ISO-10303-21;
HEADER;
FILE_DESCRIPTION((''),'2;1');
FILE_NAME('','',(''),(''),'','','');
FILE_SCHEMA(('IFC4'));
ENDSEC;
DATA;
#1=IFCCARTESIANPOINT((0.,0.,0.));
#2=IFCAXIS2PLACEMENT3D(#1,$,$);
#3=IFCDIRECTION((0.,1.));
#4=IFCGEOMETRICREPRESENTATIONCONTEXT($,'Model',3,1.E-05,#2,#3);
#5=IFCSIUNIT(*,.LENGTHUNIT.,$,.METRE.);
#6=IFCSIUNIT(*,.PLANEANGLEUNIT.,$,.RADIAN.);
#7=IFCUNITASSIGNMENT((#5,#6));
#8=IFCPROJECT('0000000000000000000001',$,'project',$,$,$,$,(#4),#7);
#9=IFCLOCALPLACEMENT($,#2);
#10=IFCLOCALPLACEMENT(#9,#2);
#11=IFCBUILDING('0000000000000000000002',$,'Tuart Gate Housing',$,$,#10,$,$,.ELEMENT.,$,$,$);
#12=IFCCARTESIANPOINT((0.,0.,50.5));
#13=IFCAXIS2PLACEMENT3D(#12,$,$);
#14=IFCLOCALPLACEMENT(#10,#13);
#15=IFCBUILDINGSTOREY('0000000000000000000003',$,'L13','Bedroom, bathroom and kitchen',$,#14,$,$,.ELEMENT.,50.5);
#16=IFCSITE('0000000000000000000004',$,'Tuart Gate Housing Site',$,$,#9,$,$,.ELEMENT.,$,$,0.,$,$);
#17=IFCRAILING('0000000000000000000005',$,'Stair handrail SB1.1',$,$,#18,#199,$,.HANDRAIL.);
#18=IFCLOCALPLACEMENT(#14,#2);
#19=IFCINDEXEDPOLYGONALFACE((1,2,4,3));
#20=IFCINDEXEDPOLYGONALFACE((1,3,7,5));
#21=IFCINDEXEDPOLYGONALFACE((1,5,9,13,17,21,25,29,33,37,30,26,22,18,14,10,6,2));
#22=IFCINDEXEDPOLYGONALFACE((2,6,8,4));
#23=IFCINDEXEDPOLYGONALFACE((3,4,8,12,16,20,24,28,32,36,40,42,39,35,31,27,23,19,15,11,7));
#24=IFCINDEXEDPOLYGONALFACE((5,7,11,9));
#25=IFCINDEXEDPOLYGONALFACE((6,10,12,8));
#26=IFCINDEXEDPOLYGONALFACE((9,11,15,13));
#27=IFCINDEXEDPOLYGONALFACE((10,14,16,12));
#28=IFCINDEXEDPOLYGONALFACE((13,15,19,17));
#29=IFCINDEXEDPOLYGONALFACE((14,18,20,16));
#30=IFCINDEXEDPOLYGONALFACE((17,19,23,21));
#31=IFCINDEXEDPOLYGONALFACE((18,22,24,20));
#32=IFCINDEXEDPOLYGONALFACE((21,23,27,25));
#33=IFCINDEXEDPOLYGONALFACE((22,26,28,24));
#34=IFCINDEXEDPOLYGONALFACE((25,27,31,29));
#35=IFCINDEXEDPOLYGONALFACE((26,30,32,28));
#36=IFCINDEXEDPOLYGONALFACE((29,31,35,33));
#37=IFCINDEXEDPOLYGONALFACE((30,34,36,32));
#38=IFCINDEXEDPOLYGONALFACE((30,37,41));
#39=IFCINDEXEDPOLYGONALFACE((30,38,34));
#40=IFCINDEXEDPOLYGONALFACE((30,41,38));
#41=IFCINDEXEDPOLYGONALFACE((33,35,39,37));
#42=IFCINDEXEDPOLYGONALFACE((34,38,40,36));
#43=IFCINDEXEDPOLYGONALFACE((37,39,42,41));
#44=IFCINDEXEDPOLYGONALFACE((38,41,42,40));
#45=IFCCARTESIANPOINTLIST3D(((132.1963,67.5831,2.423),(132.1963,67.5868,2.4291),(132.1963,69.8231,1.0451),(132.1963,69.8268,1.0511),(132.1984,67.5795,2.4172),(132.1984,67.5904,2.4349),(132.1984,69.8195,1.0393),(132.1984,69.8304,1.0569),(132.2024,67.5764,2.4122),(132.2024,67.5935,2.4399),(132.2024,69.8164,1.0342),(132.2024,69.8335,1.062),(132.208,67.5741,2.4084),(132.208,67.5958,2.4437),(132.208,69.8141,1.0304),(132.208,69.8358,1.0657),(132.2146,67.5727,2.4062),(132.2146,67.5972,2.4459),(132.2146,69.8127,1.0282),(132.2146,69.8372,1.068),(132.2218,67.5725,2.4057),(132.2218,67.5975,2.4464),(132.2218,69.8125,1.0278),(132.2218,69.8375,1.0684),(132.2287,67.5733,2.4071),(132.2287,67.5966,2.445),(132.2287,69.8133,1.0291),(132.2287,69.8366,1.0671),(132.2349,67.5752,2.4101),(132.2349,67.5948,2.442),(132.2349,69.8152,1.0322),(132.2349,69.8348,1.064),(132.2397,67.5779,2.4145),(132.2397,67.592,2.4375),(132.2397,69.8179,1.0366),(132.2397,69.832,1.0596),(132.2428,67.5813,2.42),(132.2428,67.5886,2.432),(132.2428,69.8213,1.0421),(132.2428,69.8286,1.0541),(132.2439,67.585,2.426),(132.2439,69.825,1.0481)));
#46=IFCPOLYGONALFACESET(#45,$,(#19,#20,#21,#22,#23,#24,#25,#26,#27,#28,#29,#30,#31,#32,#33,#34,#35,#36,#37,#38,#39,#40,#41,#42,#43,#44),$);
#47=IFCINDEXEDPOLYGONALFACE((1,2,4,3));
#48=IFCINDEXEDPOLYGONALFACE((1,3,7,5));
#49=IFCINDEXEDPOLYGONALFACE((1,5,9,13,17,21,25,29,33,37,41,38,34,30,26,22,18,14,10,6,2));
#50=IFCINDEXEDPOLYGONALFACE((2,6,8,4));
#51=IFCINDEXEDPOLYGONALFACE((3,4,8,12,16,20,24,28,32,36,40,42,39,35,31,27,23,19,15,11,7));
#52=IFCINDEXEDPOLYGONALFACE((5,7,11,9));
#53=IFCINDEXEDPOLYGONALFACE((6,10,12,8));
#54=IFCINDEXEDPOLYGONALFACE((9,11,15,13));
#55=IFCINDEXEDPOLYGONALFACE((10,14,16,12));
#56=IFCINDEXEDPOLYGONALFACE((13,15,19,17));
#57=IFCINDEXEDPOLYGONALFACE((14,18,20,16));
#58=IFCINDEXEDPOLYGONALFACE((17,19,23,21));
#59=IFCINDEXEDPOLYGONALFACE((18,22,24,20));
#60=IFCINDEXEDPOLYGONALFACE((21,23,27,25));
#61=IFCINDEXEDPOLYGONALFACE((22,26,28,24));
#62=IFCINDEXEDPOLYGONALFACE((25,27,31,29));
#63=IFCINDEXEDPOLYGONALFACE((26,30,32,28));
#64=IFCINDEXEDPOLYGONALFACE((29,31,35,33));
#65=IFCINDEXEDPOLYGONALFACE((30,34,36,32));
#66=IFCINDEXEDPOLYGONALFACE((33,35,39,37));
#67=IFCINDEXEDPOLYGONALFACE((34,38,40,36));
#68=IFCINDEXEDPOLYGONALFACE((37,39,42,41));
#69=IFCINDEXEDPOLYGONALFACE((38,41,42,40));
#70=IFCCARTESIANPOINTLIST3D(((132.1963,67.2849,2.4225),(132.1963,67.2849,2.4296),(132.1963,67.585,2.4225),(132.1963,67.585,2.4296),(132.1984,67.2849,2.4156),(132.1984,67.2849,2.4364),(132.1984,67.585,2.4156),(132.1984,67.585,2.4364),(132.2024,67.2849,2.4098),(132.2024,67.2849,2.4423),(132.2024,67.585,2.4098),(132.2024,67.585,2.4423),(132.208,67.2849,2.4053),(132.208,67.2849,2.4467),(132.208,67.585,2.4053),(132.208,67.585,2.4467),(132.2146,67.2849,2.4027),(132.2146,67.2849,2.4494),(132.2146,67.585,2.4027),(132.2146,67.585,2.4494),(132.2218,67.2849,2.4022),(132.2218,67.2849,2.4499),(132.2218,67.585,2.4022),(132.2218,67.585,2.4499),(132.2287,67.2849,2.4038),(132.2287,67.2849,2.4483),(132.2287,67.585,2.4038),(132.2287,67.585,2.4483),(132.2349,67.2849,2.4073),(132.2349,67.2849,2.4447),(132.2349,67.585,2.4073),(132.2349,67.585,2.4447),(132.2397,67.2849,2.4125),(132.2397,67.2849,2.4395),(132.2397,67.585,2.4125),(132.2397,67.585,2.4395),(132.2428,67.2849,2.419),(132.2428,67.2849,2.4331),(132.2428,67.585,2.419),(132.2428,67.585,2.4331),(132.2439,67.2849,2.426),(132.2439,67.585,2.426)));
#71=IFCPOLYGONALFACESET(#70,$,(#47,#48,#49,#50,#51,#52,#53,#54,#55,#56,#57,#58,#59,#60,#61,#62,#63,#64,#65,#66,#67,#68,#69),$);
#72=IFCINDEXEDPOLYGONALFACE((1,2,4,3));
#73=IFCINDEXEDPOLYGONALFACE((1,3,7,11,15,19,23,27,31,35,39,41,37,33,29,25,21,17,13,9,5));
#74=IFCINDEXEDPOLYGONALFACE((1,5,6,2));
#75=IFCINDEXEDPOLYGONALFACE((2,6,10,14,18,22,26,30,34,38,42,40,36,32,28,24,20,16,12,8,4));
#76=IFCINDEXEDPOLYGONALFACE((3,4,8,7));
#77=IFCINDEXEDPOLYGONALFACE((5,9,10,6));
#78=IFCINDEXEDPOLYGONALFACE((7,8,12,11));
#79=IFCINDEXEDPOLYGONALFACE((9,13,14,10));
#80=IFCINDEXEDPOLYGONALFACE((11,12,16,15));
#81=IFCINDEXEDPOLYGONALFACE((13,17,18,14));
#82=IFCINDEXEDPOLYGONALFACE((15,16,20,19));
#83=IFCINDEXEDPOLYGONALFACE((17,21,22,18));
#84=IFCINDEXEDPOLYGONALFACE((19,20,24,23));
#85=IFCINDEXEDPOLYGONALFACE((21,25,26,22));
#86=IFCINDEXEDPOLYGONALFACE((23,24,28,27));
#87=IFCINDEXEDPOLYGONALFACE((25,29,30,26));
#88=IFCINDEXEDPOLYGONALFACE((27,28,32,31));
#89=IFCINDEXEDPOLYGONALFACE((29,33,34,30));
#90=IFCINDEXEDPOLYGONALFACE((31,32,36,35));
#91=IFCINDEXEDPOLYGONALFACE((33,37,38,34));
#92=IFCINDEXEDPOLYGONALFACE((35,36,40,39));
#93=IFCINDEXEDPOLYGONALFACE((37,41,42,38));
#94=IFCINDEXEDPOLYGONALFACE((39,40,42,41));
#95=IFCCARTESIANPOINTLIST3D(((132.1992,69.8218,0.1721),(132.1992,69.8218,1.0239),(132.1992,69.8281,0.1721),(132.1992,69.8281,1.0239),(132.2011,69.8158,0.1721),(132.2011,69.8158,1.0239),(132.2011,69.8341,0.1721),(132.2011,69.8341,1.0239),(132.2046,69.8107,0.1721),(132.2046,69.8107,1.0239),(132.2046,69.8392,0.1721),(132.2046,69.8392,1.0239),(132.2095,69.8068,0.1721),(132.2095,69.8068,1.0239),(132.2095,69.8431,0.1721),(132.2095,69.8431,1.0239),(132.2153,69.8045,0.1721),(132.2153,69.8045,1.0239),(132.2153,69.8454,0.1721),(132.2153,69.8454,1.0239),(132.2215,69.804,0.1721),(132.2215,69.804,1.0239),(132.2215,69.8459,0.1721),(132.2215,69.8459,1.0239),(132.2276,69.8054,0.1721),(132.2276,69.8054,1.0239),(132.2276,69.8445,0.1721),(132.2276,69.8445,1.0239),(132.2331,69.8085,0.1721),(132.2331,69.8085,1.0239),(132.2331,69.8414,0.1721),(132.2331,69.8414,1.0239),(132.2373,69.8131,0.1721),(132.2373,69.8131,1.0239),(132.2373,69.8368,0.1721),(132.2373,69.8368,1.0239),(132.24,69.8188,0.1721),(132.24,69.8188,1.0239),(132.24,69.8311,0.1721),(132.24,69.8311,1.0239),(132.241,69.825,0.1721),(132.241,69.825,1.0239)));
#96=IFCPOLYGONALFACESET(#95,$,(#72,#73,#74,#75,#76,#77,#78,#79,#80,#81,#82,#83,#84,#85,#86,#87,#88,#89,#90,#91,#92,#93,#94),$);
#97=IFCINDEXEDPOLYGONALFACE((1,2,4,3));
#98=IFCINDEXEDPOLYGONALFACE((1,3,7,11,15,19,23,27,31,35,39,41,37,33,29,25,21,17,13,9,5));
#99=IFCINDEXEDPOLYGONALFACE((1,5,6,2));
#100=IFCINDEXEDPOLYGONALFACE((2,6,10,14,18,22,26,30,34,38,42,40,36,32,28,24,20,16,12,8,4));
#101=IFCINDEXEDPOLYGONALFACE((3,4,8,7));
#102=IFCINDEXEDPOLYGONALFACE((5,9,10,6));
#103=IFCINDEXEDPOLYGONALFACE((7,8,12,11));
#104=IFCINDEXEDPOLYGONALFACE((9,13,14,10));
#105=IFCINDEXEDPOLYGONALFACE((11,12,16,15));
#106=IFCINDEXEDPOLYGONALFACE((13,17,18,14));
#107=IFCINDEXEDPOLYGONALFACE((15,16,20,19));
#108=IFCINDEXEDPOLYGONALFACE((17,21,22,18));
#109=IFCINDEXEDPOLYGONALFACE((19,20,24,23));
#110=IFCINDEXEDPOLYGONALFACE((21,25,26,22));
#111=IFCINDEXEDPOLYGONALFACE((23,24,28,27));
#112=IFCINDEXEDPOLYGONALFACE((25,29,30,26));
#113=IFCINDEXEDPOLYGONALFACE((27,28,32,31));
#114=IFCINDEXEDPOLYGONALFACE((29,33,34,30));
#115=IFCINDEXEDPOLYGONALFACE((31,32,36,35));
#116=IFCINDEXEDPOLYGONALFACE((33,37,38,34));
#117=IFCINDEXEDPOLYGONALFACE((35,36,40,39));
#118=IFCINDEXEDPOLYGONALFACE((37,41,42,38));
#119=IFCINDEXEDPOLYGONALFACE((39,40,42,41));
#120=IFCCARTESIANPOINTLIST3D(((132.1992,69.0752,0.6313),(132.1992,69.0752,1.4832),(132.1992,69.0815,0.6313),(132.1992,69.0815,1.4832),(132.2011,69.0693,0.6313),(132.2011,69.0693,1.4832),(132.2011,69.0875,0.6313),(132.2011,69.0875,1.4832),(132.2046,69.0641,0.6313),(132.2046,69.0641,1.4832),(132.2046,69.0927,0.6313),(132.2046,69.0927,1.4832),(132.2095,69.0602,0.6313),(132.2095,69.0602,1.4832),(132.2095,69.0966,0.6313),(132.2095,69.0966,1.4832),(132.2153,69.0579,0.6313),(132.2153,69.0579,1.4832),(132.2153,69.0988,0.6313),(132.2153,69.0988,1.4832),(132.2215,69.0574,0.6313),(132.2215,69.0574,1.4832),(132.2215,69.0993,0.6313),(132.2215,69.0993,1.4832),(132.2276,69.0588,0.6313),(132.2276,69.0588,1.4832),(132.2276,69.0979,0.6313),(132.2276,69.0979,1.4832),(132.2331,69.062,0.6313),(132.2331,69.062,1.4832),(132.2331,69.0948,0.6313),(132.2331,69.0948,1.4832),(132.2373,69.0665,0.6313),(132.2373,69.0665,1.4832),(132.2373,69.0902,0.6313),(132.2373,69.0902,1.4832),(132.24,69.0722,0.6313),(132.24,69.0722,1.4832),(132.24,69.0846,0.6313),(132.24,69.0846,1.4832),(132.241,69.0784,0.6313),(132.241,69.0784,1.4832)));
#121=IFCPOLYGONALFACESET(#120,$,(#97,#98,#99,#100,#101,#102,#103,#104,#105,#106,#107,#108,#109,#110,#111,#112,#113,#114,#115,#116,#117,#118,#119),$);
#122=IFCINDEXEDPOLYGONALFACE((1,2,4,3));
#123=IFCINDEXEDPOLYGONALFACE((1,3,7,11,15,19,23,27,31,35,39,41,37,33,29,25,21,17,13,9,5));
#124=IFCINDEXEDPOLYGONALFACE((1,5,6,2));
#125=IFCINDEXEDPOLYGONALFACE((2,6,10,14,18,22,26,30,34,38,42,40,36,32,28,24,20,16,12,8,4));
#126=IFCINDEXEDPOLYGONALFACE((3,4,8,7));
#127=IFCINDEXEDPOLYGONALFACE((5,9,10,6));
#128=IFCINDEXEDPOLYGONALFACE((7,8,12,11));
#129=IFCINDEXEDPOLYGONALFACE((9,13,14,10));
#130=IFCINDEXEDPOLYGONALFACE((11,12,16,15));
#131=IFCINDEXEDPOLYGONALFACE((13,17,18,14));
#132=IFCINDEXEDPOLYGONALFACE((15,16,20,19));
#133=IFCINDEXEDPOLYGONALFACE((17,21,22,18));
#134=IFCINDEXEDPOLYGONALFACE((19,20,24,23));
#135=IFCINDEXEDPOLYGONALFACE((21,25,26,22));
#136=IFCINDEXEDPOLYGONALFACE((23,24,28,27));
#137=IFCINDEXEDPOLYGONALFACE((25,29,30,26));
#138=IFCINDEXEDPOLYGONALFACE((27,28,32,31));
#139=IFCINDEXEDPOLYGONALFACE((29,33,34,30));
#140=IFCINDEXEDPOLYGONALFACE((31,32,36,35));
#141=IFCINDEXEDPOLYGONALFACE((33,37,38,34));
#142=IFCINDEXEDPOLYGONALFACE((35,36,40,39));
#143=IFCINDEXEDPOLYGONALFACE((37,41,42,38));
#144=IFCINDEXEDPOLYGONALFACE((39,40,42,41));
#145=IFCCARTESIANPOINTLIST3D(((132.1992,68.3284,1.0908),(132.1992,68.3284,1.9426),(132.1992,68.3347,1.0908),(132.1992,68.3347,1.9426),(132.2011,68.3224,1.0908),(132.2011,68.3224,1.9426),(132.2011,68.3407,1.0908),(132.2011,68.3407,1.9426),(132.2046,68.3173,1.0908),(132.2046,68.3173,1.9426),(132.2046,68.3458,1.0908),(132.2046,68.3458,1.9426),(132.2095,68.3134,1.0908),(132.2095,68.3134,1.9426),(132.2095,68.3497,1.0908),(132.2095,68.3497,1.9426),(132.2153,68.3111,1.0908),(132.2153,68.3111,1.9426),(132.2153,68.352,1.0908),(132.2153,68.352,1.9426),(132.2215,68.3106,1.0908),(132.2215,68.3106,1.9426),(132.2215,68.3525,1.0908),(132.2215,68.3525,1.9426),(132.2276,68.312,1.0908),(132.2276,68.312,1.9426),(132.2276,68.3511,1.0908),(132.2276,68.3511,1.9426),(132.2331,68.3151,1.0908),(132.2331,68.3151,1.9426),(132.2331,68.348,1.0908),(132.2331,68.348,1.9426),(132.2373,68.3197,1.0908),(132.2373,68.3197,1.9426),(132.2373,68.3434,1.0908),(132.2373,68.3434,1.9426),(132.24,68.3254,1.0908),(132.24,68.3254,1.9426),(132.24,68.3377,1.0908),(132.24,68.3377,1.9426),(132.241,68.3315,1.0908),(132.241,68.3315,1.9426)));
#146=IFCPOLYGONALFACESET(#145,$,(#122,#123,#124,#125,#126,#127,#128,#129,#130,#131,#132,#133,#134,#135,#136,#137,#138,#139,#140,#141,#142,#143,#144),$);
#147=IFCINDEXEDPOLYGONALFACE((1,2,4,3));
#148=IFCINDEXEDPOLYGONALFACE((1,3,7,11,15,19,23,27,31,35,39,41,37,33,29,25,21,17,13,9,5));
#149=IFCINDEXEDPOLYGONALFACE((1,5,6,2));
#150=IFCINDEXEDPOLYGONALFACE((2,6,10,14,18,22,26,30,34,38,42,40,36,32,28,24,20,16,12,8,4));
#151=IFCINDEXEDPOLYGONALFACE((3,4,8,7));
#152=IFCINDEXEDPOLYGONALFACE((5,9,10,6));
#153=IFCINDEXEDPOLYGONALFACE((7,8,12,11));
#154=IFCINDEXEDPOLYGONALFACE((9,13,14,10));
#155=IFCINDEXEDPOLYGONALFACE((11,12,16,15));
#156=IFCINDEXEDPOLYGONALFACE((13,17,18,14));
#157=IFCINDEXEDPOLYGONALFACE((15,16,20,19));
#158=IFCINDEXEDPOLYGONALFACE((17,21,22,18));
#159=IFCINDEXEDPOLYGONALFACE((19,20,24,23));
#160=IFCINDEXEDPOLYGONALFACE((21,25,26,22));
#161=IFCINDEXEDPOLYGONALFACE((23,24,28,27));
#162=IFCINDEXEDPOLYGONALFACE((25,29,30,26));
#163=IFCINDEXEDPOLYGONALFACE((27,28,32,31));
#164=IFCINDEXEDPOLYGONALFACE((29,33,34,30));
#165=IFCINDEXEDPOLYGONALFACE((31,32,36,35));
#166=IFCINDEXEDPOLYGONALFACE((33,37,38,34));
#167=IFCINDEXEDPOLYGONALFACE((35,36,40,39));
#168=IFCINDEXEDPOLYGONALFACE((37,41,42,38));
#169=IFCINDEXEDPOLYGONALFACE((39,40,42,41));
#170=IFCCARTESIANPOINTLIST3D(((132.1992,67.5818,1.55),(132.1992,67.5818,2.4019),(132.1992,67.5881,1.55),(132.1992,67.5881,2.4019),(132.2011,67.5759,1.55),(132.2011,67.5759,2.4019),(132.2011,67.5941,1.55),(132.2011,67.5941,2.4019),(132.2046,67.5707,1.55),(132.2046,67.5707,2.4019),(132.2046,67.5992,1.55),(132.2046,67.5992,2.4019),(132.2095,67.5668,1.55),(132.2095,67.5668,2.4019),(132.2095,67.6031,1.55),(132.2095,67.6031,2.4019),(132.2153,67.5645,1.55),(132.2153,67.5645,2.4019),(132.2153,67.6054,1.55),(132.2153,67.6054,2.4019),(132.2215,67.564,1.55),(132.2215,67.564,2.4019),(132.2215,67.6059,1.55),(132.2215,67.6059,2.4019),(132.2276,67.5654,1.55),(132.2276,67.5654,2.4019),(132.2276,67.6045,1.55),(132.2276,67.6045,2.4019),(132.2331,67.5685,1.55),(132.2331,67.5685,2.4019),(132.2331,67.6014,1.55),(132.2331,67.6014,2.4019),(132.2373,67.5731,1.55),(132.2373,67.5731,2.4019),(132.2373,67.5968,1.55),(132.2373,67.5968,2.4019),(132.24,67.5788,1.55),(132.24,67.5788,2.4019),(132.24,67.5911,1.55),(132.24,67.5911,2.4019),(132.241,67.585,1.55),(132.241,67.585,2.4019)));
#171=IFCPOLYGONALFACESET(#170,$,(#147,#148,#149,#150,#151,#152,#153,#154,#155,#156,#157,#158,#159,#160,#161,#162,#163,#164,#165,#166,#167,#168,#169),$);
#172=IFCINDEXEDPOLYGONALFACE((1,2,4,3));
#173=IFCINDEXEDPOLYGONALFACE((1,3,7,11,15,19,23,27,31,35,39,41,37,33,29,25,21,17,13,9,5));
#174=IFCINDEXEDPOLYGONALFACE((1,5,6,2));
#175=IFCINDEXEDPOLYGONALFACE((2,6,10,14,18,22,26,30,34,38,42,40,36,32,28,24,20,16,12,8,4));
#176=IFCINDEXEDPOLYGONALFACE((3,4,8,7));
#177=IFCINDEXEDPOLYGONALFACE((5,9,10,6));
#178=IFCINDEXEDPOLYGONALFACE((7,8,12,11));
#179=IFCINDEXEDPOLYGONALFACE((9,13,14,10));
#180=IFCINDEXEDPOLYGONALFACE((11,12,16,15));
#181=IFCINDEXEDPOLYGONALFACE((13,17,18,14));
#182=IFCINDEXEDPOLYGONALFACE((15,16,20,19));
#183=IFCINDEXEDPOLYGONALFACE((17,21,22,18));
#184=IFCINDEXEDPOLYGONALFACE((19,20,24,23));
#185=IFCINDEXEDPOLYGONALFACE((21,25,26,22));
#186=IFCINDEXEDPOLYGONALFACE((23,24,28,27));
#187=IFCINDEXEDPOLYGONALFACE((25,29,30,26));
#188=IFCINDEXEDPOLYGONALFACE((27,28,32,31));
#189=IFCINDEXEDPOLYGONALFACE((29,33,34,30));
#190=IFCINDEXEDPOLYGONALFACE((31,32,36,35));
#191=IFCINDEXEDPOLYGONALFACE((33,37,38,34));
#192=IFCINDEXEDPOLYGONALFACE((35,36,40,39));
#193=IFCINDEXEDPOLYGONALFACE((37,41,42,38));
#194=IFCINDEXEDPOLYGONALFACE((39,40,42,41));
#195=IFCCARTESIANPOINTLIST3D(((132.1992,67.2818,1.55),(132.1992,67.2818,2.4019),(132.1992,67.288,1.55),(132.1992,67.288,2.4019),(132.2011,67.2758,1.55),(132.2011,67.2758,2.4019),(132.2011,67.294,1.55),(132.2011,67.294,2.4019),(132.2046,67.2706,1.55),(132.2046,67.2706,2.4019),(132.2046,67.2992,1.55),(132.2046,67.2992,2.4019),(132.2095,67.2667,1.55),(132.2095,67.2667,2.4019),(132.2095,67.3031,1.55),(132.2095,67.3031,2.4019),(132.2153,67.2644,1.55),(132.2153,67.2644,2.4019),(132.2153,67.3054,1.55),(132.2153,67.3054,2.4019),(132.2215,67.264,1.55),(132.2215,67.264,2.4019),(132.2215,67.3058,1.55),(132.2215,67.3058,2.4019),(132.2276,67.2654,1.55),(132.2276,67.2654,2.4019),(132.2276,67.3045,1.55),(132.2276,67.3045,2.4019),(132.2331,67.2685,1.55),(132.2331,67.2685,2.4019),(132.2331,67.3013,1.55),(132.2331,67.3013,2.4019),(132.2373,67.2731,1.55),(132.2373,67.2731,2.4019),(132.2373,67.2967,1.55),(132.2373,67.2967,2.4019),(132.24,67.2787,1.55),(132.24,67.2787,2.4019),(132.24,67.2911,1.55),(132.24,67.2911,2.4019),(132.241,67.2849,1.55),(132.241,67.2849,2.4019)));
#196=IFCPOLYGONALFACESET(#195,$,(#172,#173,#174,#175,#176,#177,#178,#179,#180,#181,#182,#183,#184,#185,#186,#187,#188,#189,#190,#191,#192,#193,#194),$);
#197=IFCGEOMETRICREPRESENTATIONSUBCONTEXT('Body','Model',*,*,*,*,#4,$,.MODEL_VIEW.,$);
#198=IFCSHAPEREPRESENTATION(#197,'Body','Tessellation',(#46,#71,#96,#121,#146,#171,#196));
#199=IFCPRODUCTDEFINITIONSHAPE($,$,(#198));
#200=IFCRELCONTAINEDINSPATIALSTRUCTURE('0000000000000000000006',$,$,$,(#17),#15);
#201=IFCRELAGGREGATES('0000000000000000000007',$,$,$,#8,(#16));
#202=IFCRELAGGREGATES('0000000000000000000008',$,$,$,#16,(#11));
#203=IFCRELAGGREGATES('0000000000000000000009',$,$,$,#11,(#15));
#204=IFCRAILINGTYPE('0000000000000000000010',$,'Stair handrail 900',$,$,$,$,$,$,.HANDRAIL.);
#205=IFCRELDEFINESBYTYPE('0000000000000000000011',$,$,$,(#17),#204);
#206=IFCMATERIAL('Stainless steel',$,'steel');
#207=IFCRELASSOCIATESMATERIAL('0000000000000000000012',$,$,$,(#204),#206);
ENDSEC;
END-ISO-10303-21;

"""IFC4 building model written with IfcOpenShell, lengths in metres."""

from ifc_helpers import new_model, si_unit, direction, frame, origin, origin_2d, place, context, subcontext, project, spatial, circle, extrude, material, type_object, element, save


model = new_model("IFC4")

# Units and contexts
model_context = context("Model", 3, precision=1e-05, world=origin(), true_north=direction((0.0, 1.0)))
body_context = subcontext(model_context, "Body", "Model", "MODEL_VIEW")
ifc_project = project(units=[si_unit("LENGTHUNIT", "METRE"), si_unit("PLANEANGLEUNIT", "RADIAN")], contexts=[model_context])

# Site, building, storey
site_placement = place(None, origin())
site = spatial("IfcSite", under=ifc_project, at=site_placement, Name="Tuart Gate Housing Site", CompositionType="ELEMENT", RefElevation=0.0)
building_placement = place(site_placement, origin())
building = spatial("IfcBuilding", under=site, at=building_placement, Name="Tuart Gate Housing", CompositionType="ELEMENT")
storey_placement = place(building_placement, frame((0.0, 0.0, 50.5)))
storey = spatial("IfcBuildingStorey", under=building, at=storey_placement, Name="L13", Description="Bedroom, bathroom and kitchen", CompositionType="ELEMENT", Elevation=50.5)

# Railing
ifc_material_1 = material(Name="Stainless steel", Category="steel")
railing_type = type_object("IfcRailingType", Name="Stair handrail 900", PredefinedType="HANDRAIL", material=ifc_material_1)
railing_placement = place(storey_placement, frame((132.22, 69.825, 0.1721)))
element("IfcRailing", 1, at=railing_placement, inside=storey, type_object=railing_type, Name="Stair handrail SB1.1", PredefinedType="HANDRAIL", context=body_context, shape_type="SweptSolid", body=[
    extrude(circle(Radius=0.0239, at=origin_2d()), frame((0.0, 0.0, 0.876), z_axis=(0.0, -0.851748, 0.523952), x_axis=(1.0, 0.0, 0.0)), (0.0, 0.0, 1.0), 2.6299),
    extrude(circle(Radius=0.0239, at=origin_2d()), frame((0.0, -2.24, 2.2539), z_axis=(0.0, -1.0, 0.0), x_axis=(1.0, 0.0, 0.0)), (0.0, 0.0, 1.0), 0.3),
    extrude(circle(Radius=0.021, at=origin_2d()), origin(), (0.0, 0.0, 1.0), 0.8518),
    extrude(circle(Radius=0.021, at=origin_2d()), frame((0.0, -0.7466, 0.4592)), (0.0, 0.0, 1.0), 0.8518),
    extrude(circle(Radius=0.021, at=origin_2d()), frame((0.0, -1.4934, 0.9187)), (0.0, 0.0, 1.0), 0.8518),
    extrude(circle(Radius=0.021, at=origin_2d()), frame((0.0, -2.24, 1.3779)), (0.0, 0.0, 1.0), 0.8518),
    extrude(circle(Radius=0.021, at=origin_2d()), frame((0.0, -2.54, 1.3779)), (0.0, 0.0, 1.0), 0.8518),
])

save(model, "model.ifc")
